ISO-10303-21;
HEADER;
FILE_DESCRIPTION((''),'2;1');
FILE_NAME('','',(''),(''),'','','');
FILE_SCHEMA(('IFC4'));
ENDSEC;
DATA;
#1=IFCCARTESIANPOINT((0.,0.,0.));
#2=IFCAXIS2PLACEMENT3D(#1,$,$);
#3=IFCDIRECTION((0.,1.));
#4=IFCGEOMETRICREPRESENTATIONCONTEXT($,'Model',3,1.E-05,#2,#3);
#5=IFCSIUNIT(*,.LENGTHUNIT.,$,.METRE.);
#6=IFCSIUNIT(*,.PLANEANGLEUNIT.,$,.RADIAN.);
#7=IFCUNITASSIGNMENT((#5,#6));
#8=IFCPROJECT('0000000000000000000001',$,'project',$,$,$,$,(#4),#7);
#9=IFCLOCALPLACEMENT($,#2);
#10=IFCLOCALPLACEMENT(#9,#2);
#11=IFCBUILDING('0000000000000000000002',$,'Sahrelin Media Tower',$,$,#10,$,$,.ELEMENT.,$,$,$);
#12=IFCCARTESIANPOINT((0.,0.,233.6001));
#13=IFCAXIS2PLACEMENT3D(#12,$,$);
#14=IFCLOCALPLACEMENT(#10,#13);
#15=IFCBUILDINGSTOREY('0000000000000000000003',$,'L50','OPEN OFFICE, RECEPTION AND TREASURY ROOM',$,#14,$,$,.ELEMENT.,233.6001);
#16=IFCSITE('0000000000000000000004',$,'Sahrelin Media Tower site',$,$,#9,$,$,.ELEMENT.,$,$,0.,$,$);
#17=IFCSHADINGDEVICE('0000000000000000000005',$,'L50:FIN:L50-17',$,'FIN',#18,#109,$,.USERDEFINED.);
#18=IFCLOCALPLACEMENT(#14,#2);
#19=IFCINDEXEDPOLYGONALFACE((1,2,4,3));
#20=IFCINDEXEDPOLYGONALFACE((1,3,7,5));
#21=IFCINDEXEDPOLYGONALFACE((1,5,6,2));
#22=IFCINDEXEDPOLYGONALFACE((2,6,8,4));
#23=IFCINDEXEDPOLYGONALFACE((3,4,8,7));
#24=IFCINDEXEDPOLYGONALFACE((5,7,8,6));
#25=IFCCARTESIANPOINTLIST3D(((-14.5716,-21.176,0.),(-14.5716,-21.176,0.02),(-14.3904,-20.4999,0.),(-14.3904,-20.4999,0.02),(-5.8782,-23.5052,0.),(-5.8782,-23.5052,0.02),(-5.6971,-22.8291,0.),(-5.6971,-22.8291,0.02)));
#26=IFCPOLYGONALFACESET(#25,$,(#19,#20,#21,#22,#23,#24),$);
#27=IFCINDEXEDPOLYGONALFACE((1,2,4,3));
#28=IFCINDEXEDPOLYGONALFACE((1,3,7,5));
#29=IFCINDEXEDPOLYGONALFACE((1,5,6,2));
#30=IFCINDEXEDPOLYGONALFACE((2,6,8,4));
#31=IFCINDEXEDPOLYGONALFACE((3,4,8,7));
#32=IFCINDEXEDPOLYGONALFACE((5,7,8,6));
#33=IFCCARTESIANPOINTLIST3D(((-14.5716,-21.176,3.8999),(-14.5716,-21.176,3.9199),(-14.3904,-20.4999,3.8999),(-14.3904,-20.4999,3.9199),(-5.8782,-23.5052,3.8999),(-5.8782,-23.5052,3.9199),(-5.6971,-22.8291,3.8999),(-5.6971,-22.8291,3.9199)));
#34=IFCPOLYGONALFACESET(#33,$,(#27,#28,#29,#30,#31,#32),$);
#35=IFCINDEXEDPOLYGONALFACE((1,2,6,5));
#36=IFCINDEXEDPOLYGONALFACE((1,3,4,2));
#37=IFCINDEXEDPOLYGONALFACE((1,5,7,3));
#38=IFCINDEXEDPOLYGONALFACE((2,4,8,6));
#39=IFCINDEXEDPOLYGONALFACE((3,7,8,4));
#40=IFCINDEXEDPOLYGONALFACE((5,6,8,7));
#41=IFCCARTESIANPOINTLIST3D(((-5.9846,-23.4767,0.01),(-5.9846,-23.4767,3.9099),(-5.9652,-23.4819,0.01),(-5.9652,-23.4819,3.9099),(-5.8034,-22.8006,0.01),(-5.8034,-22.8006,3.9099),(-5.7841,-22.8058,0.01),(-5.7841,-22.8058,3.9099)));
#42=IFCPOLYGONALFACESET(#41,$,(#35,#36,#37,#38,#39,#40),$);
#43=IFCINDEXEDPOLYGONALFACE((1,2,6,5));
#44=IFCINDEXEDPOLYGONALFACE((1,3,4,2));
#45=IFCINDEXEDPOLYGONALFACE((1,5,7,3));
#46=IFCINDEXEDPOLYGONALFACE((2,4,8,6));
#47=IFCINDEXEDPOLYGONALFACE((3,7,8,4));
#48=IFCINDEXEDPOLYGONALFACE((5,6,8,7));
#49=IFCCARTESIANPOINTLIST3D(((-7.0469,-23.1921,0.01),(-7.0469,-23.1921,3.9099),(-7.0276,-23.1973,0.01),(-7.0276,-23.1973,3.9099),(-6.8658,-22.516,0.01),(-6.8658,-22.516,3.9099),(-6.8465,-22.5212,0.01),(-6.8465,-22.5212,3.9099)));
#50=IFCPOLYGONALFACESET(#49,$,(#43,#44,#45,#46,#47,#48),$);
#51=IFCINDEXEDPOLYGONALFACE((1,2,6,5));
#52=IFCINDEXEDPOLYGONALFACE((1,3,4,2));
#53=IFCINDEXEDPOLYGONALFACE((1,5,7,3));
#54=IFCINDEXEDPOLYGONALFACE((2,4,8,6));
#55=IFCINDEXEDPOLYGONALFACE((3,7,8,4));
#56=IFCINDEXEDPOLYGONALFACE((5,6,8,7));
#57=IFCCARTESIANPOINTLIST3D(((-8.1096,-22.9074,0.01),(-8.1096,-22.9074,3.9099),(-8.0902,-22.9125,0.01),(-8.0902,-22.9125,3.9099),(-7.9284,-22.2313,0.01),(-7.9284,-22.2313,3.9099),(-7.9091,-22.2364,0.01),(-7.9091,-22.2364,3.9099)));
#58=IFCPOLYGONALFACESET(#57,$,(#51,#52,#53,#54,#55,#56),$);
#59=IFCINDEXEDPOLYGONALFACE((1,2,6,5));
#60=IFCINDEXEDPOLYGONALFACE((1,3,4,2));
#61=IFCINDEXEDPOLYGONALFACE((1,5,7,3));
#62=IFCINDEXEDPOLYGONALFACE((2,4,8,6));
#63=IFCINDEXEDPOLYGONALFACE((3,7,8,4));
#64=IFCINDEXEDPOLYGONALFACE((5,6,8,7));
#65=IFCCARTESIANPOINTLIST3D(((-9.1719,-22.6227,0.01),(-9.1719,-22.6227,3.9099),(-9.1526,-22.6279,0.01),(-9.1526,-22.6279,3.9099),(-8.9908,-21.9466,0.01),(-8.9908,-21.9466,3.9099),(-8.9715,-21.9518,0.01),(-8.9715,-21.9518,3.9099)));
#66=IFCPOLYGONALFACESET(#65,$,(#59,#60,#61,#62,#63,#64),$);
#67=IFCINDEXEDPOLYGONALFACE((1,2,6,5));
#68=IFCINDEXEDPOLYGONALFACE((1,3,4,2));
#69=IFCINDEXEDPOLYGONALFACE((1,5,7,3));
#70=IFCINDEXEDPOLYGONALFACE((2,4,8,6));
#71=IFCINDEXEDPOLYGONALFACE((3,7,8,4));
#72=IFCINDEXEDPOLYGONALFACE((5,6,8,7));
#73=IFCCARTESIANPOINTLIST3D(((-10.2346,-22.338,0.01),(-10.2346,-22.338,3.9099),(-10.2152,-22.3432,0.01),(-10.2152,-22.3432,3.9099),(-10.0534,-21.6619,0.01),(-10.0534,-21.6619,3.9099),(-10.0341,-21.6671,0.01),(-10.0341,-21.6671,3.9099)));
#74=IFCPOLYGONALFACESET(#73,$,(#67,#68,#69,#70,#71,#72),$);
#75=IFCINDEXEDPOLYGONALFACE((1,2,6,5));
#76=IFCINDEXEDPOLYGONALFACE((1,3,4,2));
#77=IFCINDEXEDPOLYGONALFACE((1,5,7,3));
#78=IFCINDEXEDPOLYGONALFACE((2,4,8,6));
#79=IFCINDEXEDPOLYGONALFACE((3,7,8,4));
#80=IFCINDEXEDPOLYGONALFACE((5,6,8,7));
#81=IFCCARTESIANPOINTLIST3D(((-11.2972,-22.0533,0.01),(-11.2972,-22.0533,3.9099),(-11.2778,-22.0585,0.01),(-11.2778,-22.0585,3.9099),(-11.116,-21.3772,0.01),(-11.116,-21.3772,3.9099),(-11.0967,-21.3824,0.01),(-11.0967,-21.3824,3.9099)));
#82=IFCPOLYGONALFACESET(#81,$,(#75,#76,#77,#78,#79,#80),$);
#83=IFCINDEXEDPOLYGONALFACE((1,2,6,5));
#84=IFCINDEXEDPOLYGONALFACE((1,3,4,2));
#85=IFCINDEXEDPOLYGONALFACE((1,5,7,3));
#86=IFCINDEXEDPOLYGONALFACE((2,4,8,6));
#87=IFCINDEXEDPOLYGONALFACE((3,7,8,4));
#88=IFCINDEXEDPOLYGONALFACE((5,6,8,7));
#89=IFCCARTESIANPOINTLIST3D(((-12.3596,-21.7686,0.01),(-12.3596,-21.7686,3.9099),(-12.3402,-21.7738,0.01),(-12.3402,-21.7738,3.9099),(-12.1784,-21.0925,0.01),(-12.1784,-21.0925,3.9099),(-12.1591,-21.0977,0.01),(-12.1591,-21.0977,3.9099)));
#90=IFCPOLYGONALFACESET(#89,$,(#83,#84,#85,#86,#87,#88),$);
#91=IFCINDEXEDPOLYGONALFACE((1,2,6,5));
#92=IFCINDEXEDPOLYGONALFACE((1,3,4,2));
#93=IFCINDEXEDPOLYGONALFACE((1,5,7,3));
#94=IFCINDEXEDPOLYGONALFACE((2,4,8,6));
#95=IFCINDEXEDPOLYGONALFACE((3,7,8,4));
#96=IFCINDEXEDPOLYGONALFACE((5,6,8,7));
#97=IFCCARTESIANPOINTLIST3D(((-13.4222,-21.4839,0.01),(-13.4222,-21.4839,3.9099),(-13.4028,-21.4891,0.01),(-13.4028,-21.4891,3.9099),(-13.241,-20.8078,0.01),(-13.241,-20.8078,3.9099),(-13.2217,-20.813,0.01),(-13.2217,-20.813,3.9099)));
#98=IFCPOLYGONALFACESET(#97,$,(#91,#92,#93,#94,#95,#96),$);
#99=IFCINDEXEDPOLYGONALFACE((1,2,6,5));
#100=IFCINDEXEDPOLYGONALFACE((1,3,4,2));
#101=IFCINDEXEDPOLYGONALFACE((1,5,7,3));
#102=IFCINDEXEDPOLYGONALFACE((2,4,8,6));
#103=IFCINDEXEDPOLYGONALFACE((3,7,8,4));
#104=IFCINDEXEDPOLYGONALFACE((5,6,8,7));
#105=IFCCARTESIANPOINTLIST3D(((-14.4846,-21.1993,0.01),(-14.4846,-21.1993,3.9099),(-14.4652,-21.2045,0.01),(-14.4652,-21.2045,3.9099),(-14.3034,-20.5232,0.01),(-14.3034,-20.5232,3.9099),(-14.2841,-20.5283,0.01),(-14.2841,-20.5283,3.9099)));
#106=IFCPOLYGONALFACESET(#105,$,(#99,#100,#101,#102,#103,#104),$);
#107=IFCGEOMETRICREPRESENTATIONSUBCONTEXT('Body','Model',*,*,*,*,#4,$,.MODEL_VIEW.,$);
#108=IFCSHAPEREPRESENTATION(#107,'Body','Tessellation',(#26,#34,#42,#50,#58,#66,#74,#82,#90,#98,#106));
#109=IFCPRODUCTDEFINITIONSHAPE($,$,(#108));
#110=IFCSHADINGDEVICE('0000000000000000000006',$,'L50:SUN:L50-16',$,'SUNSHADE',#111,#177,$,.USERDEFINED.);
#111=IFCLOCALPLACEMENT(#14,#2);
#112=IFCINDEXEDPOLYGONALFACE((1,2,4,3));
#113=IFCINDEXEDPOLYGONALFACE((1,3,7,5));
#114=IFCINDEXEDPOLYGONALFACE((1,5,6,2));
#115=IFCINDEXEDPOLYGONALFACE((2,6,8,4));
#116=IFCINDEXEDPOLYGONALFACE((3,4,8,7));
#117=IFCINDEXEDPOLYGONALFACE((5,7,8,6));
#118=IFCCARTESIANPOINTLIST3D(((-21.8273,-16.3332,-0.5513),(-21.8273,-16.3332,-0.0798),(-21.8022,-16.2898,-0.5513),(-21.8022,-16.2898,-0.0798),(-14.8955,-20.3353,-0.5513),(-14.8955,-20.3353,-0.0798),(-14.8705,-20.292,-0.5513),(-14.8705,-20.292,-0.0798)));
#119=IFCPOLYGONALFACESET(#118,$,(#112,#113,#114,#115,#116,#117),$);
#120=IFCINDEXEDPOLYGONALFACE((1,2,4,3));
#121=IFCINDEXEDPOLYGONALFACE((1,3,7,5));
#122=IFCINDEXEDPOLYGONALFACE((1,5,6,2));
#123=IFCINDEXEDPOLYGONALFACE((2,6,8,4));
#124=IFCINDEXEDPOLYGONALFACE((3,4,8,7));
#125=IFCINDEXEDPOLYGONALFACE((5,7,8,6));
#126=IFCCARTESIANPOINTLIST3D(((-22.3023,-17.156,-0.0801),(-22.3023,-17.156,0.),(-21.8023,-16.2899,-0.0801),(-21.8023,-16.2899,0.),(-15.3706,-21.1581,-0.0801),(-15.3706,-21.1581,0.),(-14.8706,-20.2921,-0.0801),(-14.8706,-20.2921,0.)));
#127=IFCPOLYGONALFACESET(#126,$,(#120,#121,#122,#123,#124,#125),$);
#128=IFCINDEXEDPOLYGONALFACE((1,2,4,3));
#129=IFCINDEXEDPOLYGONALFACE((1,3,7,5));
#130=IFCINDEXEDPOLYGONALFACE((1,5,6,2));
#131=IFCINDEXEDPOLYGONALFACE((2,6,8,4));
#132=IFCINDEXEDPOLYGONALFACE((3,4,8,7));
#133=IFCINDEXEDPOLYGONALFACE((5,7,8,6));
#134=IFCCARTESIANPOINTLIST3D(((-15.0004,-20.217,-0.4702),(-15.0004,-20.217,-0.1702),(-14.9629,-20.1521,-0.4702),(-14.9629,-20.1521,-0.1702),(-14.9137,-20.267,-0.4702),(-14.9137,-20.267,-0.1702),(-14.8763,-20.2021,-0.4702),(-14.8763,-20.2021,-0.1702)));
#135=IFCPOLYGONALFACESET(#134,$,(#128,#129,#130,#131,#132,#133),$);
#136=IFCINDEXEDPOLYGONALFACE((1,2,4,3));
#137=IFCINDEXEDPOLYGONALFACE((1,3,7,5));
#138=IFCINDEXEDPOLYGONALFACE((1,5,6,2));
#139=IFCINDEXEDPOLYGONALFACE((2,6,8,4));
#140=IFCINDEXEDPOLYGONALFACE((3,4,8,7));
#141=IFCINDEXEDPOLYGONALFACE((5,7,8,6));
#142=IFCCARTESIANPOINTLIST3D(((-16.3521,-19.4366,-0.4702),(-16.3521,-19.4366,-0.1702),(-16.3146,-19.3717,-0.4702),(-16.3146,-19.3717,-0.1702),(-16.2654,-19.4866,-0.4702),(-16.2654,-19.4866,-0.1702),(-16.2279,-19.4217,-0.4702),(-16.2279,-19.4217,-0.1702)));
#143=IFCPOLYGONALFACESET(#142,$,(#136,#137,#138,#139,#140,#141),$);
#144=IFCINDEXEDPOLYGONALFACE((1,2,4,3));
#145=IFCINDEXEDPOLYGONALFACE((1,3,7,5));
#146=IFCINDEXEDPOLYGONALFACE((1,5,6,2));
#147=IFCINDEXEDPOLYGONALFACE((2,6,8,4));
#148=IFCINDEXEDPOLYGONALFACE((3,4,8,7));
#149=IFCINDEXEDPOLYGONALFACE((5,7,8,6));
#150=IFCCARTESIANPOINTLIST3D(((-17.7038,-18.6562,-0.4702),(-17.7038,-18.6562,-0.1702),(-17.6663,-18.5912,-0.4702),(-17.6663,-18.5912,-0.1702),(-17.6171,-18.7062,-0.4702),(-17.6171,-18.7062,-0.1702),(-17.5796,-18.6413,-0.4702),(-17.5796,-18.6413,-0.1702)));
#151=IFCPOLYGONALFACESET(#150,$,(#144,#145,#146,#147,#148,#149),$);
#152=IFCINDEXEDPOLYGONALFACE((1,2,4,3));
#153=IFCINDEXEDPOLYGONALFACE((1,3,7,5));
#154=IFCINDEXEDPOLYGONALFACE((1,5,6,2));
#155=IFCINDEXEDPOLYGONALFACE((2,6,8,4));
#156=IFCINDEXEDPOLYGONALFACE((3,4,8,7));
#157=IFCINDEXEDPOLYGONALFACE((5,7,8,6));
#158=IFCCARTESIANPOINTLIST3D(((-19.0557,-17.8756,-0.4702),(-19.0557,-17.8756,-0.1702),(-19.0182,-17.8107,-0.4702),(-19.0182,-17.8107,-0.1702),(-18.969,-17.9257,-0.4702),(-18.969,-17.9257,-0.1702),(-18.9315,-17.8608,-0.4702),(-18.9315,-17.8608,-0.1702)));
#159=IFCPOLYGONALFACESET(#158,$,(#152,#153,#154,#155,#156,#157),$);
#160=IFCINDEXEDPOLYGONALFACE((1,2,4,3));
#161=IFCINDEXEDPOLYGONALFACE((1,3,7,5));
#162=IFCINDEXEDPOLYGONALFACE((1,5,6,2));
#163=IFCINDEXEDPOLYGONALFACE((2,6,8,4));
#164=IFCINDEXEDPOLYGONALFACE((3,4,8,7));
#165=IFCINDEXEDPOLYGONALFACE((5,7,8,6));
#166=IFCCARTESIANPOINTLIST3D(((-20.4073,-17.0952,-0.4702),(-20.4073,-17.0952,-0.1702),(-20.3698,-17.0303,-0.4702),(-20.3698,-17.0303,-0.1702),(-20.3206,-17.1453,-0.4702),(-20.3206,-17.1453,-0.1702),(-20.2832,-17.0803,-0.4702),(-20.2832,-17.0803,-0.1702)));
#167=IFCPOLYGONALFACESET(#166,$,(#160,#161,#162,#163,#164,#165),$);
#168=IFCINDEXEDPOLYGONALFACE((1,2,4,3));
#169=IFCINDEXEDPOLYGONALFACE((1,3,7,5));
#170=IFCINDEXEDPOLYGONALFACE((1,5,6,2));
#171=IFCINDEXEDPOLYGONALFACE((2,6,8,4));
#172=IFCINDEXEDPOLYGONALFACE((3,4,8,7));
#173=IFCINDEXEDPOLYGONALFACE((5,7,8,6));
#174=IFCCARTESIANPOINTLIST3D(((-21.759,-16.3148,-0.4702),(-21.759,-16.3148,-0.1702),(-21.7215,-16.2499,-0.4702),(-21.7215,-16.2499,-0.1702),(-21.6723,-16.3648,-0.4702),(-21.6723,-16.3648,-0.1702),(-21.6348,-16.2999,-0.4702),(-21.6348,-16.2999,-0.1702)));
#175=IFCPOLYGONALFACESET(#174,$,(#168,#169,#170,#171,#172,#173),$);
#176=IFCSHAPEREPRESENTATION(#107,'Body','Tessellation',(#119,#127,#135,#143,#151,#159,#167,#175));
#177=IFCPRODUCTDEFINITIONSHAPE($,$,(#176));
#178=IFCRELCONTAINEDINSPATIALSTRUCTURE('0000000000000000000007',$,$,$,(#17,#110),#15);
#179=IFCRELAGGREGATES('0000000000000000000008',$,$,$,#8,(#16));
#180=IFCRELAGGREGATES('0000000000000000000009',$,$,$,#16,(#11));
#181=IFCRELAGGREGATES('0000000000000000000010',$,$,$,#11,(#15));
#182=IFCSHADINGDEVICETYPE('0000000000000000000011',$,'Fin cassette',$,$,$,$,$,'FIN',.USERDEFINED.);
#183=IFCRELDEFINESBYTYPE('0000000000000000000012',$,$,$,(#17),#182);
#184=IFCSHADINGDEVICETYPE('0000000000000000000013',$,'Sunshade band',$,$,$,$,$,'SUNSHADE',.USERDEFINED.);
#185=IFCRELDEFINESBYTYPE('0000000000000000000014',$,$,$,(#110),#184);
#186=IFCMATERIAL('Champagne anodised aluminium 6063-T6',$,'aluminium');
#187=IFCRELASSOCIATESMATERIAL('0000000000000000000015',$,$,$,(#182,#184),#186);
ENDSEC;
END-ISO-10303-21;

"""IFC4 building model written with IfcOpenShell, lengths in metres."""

from ifc_helpers import new_model, si_unit, direction, frame, origin, origin_2d, place, context, subcontext, project, spatial, rectangle, extrude, material, type_object, element, save


model = new_model("IFC4")

# Units and contexts
model_context = context("Model", 3, precision=1e-05, world=origin(), true_north=direction((0.0, 1.0)))
body_context = subcontext(model_context, "Body", "Model", "MODEL_VIEW")
ifc_project = project(units=[si_unit("LENGTHUNIT", "METRE"), si_unit("PLANEANGLEUNIT", "RADIAN")], contexts=[model_context])

# Site, building, storey
site_placement = place(None, origin())
site = spatial("IfcSite", under=ifc_project, at=site_placement, Name="Sahrelin Media Tower site", CompositionType="ELEMENT", RefElevation=0.0)
building_placement = place(site_placement, origin())
building = spatial("IfcBuilding", under=site, at=building_placement, Name="Sahrelin Media Tower", CompositionType="ELEMENT")
storey_placement = place(building_placement, frame((0.0, 0.0, 233.6001)))
storey = spatial("IfcBuildingStorey", under=building, at=storey_placement, Name="L50", Description="OPEN OFFICE, RECEPTION AND TREASURY ROOM", CompositionType="ELEMENT", Elevation=233.6001)

# Shared definitions
ifc_material_1 = material(Name="Champagne anodised aluminium 6063-T6", Category="aluminium")

# Shading devices
shading_device_type_1 = type_object("IfcShadingDeviceType", Name="Fin cassette", ElementType="FIN", PredefinedType="USERDEFINED", material=ifc_material_1)
placement_1 = place(storey_placement, frame((-18.3264, -18.2737, 0.0), z_axis=(0.0, 0.0, 1.0), x_axis=(-0.866019, 0.500011, 0.0)))
placement_2 = place(storey_placement, frame((-10.0256, -21.5969, 0.0), z_axis=(0.0, 0.0, 1.0), x_axis=(-0.965929, 0.258808, 0.0)))
element("IfcShadingDevice", 1, at=placement_2, inside=storey, type_object=shading_device_type_1, Name="L50:FIN:L50-17", ObjectType="FIN", PredefinedType="USERDEFINED", context=body_context, shape_type="SweptSolid", body=[
    extrude(rectangle(XDim=9.0, YDim=0.7, at=origin_2d()), frame((0.0, 0.4199, 0.0)), (0.0, 0.0, 1.0), 0.02),
    extrude(rectangle(XDim=9.0, YDim=0.7, at=origin_2d()), frame((0.0, 0.4199, 3.8999)), (0.0, 0.0, 1.0), 0.02),
    extrude(rectangle(XDim=0.02, YDim=0.7, at=origin_2d()), frame((-4.3999, 0.4199, 0.01), z_axis=(0.0, 0.0, 1.0), x_axis=(1.0, 0.0, 0.0)), (0.0, 0.0, 1.0), 3.8999),
    extrude(rectangle(XDim=0.02, YDim=0.7, at=origin_2d()), frame((-3.3, 0.4199, 0.01), z_axis=(0.0, 0.0, 1.0), x_axis=(1.0, 0.0, 0.0)), (0.0, 0.0, 1.0), 3.8999),
    extrude(rectangle(XDim=0.02, YDim=0.7, at=origin_2d()), frame((-2.2, 0.4199, 0.01), z_axis=(0.0, 0.0, 1.0), x_axis=(1.0, 0.0, 0.0)), (0.0, 0.0, 1.0), 3.8999),
    extrude(rectangle(XDim=0.02, YDim=0.7, at=origin_2d()), frame((-1.1001, 0.4199, 0.01), z_axis=(0.0, 0.0, 1.0), x_axis=(1.0, 0.0, 0.0)), (0.0, 0.0, 1.0), 3.8999),
    extrude(rectangle(XDim=0.02, YDim=0.7, at=origin_2d()), frame((0.0, 0.4199, 0.01), z_axis=(0.0, 0.0, 1.0), x_axis=(1.0, 0.0, 0.0)), (0.0, 0.0, 1.0), 3.8999),
    extrude(rectangle(XDim=0.02, YDim=0.7, at=origin_2d()), frame((1.1001, 0.4199, 0.01), z_axis=(0.0, 0.0, 1.0), x_axis=(1.0, 0.0, 0.0)), (0.0, 0.0, 1.0), 3.8999),
    extrude(rectangle(XDim=0.02, YDim=0.7, at=origin_2d()), frame((2.2, 0.4199, 0.01), z_axis=(0.0, 0.0, 1.0), x_axis=(1.0, 0.0, 0.0)), (0.0, 0.0, 1.0), 3.8999),
    extrude(rectangle(XDim=0.02, YDim=0.7, at=origin_2d()), frame((3.3, 0.4199, 0.01), z_axis=(0.0, 0.0, 1.0), x_axis=(1.0, 0.0, 0.0)), (0.0, 0.0, 1.0), 3.8999),
    extrude(rectangle(XDim=0.02, YDim=0.7, at=origin_2d()), frame((4.3999, 0.4199, 0.01), z_axis=(0.0, 0.0, 1.0), x_axis=(1.0, 0.0, 0.0)), (0.0, 0.0, 1.0), 3.8999),
])
shading_device_type_2 = type_object("IfcShadingDeviceType", Name="Sunshade band", ElementType="SUNSHADE", PredefinedType="USERDEFINED", material=ifc_material_1)
element("IfcShadingDevice", 2, at=placement_1, inside=storey, type_object=shading_device_type_2, Name="L50:SUN:L50-16", ObjectType="SUNSHADE", PredefinedType="USERDEFINED", context=body_context, shape_type="SweptSolid", body=[
    extrude(rectangle(XDim=8.0042, YDim=0.05, at=origin_2d()), frame((0.0, 0.0449, -0.5513)), (0.0, 0.0, 1.0), 0.4714),
    extrude(rectangle(XDim=8.0042, YDim=1.0, at=origin_2d()), frame((0.0, 0.52, -0.0801)), (0.0, 0.0, 1.0), 0.0801),
    extrude(rectangle(XDim=0.1001, YDim=0.075, at=origin_2d()), frame((-3.9021, -0.0176, -0.4702)), (0.0, 0.0, 1.0), 0.3),
    extrude(rectangle(XDim=0.1001, YDim=0.075, at=origin_2d()), frame((-2.3413, -0.0176, -0.4702)), (0.0, 0.0, 1.0), 0.3),
    extrude(rectangle(XDim=0.1001, YDim=0.075, at=origin_2d()), frame((-0.7805, -0.0176, -0.4702)), (0.0, 0.0, 1.0), 0.3),
    extrude(rectangle(XDim=0.1001, YDim=0.075, at=origin_2d()), frame((0.7805, -0.0176, -0.4702)), (0.0, 0.0, 1.0), 0.3),
    extrude(rectangle(XDim=0.1001, YDim=0.075, at=origin_2d()), frame((2.3413, -0.0176, -0.4702)), (0.0, 0.0, 1.0), 0.3),
    extrude(rectangle(XDim=0.1001, YDim=0.075, at=origin_2d()), frame((3.9021, -0.0176, -0.4702)), (0.0, 0.0, 1.0), 0.3),
])

save(model, "model.ifc")
